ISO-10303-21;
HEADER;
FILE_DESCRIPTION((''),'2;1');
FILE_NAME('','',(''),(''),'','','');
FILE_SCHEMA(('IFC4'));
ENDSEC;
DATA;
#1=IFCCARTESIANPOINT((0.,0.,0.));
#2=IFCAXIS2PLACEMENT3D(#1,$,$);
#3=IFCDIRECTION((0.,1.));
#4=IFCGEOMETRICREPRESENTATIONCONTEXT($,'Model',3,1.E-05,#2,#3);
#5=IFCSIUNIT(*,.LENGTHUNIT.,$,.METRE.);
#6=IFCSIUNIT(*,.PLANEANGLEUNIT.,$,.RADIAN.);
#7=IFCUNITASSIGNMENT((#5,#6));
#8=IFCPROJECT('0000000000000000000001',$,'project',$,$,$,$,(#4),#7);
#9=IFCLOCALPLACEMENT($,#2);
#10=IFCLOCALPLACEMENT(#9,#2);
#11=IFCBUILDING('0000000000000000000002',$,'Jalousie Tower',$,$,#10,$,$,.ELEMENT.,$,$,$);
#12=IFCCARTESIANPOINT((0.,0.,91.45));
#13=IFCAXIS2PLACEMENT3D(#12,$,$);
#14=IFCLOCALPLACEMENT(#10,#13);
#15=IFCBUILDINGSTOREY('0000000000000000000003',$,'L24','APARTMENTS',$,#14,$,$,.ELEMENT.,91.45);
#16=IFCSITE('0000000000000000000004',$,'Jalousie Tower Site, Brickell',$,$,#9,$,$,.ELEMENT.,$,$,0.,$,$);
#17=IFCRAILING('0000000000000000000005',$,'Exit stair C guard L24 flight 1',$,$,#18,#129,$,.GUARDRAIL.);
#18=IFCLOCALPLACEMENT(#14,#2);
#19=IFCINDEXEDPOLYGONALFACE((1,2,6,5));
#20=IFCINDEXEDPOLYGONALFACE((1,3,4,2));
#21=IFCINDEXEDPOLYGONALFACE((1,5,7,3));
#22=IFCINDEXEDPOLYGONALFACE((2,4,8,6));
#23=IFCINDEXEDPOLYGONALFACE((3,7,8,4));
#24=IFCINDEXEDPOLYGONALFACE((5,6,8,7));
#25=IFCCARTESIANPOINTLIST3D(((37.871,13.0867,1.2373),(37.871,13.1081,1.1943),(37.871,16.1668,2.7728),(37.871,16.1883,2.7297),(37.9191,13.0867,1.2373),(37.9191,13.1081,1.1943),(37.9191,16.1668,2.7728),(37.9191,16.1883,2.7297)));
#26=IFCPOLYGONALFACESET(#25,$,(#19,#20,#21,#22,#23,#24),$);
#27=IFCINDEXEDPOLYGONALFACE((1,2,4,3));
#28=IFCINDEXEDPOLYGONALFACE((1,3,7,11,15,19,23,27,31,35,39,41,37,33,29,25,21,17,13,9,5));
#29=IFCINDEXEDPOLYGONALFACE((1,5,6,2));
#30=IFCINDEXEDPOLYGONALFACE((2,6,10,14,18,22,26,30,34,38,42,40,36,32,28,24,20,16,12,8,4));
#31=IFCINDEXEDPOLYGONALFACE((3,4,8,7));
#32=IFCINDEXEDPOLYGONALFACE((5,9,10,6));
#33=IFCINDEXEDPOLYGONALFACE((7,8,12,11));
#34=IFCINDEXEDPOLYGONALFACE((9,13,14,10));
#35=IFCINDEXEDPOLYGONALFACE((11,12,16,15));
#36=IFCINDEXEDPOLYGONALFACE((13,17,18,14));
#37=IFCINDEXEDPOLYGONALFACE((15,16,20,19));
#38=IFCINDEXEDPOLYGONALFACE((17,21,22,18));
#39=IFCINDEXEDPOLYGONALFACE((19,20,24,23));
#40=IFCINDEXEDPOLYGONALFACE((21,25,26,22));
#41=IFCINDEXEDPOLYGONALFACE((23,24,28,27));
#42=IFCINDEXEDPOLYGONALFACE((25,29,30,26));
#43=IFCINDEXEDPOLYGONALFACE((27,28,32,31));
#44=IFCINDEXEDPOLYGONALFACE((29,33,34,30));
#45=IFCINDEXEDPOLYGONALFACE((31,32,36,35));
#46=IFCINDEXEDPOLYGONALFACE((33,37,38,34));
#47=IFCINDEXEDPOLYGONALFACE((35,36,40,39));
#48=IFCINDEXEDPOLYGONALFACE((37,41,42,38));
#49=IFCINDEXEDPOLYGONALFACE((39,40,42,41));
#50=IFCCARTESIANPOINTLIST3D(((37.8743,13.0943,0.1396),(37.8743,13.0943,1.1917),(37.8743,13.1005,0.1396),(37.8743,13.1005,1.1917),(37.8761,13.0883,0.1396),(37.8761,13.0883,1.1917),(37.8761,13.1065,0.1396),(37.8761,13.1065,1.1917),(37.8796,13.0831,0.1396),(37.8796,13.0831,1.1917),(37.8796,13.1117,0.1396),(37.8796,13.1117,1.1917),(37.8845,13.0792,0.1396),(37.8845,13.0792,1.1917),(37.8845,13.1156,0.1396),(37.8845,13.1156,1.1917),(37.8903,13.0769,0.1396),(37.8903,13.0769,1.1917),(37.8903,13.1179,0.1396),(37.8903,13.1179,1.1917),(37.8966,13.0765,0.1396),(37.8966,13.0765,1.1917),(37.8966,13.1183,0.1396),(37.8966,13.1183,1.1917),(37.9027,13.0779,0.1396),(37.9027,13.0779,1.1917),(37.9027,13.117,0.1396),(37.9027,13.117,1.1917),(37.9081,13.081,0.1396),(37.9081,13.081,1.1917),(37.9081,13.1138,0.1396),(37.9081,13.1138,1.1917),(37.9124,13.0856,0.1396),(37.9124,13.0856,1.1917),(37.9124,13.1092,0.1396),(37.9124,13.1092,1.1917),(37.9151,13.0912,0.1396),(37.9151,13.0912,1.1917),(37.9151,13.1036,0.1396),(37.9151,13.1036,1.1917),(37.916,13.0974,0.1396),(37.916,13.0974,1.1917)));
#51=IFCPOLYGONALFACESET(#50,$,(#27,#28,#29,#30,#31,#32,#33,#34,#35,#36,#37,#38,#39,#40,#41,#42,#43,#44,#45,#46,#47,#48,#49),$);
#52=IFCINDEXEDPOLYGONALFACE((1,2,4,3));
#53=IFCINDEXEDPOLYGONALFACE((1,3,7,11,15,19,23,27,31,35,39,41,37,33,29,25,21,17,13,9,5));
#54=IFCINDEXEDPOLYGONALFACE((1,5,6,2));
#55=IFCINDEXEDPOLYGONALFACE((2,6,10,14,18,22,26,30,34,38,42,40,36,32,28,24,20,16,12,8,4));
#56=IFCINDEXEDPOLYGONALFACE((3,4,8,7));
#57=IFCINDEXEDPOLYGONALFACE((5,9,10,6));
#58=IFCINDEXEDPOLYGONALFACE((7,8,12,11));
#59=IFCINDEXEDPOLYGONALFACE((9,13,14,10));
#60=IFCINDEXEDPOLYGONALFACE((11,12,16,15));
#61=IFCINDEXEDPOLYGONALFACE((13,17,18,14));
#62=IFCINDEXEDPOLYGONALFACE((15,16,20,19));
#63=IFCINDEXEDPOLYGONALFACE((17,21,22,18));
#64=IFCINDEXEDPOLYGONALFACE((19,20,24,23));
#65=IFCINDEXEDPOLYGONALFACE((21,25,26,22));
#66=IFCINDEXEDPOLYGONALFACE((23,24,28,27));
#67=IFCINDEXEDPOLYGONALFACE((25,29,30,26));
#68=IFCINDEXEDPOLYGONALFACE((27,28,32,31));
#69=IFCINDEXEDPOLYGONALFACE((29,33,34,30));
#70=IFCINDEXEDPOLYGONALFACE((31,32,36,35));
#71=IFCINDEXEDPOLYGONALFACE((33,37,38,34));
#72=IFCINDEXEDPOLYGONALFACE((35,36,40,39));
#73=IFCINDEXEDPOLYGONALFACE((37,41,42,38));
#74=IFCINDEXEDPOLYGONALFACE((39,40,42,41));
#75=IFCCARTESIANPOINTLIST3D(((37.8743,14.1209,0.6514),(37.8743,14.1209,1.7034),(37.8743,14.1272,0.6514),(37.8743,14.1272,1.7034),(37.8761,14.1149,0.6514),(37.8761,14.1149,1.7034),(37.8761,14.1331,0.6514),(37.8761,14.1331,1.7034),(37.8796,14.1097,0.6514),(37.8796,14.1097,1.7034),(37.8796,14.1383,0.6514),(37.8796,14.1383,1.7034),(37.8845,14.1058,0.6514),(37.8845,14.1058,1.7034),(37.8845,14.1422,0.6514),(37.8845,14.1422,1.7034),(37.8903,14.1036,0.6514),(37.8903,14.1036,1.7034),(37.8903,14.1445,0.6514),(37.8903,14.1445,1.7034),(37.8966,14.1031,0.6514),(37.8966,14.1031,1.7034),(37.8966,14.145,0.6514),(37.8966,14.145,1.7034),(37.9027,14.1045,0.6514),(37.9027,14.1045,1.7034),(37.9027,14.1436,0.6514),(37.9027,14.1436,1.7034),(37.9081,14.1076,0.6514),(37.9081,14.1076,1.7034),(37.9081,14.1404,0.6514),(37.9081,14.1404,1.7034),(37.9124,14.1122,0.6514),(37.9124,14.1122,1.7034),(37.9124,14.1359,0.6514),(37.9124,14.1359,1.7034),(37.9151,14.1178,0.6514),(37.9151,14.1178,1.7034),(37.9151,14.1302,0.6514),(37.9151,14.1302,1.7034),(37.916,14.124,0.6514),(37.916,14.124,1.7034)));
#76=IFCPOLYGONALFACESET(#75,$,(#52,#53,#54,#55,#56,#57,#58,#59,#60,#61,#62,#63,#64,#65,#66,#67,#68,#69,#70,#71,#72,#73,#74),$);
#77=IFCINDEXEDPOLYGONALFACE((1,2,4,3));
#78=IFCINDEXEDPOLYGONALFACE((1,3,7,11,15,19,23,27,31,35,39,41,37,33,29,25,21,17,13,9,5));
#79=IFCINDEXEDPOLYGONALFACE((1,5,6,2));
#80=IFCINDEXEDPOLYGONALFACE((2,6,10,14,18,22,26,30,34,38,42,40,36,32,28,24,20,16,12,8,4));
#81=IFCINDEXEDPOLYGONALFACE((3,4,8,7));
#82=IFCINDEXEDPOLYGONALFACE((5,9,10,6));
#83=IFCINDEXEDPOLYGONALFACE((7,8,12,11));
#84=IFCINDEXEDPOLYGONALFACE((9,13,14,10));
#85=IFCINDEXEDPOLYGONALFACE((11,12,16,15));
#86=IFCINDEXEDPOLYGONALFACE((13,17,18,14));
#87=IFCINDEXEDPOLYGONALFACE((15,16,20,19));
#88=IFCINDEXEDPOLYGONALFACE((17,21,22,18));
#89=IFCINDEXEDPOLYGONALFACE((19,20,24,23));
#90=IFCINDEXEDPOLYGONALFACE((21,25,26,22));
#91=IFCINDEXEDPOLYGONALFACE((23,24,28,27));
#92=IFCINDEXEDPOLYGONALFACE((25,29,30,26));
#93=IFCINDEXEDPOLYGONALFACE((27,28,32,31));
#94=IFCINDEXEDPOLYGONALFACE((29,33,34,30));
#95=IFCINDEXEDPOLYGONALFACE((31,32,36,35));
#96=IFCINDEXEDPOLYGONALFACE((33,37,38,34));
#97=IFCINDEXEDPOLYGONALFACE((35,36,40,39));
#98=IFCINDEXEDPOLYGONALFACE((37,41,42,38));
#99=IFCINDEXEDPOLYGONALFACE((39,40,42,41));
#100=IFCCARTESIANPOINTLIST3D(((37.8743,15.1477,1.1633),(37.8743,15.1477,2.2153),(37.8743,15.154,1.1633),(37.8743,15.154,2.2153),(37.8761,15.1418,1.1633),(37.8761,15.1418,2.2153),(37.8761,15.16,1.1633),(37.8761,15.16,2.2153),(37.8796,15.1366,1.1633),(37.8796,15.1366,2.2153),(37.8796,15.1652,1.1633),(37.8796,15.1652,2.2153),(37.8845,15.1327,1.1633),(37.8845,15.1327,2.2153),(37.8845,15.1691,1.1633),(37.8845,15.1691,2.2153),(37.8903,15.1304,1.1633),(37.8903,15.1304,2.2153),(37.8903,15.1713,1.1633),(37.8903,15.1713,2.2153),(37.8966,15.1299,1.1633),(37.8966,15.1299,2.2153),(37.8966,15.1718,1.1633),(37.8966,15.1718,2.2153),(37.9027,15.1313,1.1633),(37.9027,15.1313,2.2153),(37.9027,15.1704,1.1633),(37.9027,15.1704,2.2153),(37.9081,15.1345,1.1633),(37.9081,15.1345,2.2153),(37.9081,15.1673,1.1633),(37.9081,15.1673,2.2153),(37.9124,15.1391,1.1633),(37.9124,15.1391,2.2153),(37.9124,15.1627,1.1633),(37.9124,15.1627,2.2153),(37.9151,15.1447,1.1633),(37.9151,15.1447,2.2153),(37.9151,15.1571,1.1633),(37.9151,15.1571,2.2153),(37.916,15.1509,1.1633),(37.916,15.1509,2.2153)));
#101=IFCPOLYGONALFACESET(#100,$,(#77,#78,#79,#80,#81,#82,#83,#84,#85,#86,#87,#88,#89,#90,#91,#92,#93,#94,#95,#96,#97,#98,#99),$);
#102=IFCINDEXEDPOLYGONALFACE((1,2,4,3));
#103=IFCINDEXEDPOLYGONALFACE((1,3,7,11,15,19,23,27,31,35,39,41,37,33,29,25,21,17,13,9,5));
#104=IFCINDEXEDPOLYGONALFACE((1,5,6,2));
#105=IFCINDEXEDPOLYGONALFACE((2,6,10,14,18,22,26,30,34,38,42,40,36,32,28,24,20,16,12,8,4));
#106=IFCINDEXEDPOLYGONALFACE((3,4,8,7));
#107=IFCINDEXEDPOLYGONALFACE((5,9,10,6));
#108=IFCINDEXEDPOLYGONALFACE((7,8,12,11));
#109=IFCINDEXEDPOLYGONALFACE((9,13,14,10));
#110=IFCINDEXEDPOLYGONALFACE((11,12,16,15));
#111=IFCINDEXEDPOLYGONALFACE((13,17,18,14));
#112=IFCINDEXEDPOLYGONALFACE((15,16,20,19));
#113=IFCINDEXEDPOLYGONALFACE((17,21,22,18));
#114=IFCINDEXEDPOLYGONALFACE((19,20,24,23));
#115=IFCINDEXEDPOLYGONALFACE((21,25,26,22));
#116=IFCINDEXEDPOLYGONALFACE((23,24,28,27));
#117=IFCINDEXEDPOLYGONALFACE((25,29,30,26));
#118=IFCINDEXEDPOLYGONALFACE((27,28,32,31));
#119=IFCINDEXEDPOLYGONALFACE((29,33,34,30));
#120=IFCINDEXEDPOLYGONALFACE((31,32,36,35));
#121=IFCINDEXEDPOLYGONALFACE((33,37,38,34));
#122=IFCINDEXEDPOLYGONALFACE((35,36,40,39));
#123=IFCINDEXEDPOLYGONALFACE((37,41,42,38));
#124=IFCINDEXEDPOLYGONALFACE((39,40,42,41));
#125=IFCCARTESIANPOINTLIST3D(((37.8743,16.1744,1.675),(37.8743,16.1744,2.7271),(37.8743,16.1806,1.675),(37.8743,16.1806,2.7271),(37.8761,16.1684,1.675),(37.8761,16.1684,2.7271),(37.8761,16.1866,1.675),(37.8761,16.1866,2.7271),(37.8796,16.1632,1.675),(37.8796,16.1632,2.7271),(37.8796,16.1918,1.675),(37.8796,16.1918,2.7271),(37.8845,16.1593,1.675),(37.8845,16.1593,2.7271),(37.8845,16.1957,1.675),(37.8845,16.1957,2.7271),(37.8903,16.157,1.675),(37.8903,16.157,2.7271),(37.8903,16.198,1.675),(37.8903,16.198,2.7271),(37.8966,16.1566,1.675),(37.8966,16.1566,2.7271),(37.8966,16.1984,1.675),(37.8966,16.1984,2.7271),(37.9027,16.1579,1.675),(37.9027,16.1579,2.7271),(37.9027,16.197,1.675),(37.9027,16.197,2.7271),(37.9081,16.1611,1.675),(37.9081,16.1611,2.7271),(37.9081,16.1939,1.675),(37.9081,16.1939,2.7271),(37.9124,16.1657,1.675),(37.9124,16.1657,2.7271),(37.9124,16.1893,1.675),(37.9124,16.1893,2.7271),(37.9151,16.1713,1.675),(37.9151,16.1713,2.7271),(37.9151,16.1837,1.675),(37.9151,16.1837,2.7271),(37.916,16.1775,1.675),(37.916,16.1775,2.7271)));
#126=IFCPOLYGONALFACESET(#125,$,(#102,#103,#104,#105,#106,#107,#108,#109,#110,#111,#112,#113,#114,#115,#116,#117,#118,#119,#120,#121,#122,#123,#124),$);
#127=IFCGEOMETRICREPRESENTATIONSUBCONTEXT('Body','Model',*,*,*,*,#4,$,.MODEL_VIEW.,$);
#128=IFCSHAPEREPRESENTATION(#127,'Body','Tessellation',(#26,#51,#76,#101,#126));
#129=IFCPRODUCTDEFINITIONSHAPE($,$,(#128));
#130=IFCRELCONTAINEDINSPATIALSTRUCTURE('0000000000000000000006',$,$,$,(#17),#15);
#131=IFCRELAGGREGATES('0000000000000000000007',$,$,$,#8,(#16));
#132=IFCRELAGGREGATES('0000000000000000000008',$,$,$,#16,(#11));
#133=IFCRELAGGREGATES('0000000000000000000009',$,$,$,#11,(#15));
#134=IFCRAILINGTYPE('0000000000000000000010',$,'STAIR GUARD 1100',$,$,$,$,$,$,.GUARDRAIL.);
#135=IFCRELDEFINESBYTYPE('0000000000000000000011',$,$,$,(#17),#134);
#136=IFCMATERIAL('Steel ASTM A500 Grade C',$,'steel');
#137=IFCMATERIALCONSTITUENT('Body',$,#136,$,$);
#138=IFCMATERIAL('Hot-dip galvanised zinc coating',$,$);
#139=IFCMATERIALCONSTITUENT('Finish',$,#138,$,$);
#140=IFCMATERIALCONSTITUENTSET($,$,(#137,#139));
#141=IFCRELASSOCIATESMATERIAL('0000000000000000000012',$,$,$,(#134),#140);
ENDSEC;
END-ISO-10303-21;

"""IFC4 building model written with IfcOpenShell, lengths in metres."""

from ifc_helpers import new_model, si_unit, direction, frame, origin, origin_2d, place, context, subcontext, project, spatial, rectangle, circle, extrude, material, constituent, constituent_set, type_object, element, save


model = new_model("IFC4")

# Units and contexts
model_context = context("Model", 3, precision=1e-05, world=origin(), true_north=direction((0.0, 1.0)))
body_context = subcontext(model_context, "Body", "Model", "MODEL_VIEW")
ifc_project = project(units=[si_unit("LENGTHUNIT", "METRE"), si_unit("PLANEANGLEUNIT", "RADIAN")], contexts=[model_context])

# Site, building, storey
site_placement = place(None, origin())
site = spatial("IfcSite", under=ifc_project, at=site_placement, Name="Jalousie Tower Site, Brickell", CompositionType="ELEMENT", RefElevation=0.0)
building_placement = place(site_placement, origin())
building = spatial("IfcBuilding", under=site, at=building_placement, Name="Jalousie Tower", CompositionType="ELEMENT")
storey_placement = place(building_placement, frame((0.0, 0.0, 91.45)))
storey = spatial("IfcBuildingStorey", under=building, at=storey_placement, Name="L24", Description="APARTMENTS", CompositionType="ELEMENT", Elevation=91.45)

# Railing
ifc_material_1 = material(Name="Steel ASTM A500 Grade C", Category="steel")
ifc_constituent_1 = constituent(ifc_material_1, Name="Body")
ifc_material_2 = material(Name="Hot-dip galvanised zinc coating")
ifc_constituent_2 = constituent(ifc_material_2, Name="Finish")
ifc_constituent_set_1 = constituent_set(constituents=[ifc_constituent_1, ifc_constituent_2])
railing_type_1 = type_object("IfcRailingType", Name="STAIR GUARD 1100", PredefinedType="GUARDRAIL", material=ifc_constituent_set_1)
railing_1_placement = place(storey_placement, frame((37.895, 13.0974, 0.1396)))
element("IfcRailing", 1, at=railing_1_placement, inside=storey, type_object=railing_type_1, Name="Exit stair C guard L24 flight 1", PredefinedType="GUARDRAIL", context=body_context, shape_type="SweptSolid", body=[
    extrude(rectangle(XDim=0.0481, YDim=0.0481, at=origin_2d()), frame((0.0, 0.0, 1.0762), z_axis=(0.0, 0.894966, 0.446135), x_axis=(-1.0, 0.0, 0.0)), (0.0, 0.0, 1.0), 3.4417),
    extrude(circle(Radius=0.021, at=origin_2d()), origin(), (0.0, 0.0, 1.0), 1.052),
    extrude(circle(Radius=0.021, at=origin_2d()), frame((0.0, 1.0266, 0.5117)), (0.0, 0.0, 1.0), 1.052),
    extrude(circle(Radius=0.021, at=origin_2d()), frame((0.0, 2.0535, 1.0237)), (0.0, 0.0, 1.0), 1.052),
    extrude(circle(Radius=0.021, at=origin_2d()), frame((0.0, 3.0801, 1.5354)), (0.0, 0.0, 1.0), 1.052),
])

save(model, "model.ifc")
